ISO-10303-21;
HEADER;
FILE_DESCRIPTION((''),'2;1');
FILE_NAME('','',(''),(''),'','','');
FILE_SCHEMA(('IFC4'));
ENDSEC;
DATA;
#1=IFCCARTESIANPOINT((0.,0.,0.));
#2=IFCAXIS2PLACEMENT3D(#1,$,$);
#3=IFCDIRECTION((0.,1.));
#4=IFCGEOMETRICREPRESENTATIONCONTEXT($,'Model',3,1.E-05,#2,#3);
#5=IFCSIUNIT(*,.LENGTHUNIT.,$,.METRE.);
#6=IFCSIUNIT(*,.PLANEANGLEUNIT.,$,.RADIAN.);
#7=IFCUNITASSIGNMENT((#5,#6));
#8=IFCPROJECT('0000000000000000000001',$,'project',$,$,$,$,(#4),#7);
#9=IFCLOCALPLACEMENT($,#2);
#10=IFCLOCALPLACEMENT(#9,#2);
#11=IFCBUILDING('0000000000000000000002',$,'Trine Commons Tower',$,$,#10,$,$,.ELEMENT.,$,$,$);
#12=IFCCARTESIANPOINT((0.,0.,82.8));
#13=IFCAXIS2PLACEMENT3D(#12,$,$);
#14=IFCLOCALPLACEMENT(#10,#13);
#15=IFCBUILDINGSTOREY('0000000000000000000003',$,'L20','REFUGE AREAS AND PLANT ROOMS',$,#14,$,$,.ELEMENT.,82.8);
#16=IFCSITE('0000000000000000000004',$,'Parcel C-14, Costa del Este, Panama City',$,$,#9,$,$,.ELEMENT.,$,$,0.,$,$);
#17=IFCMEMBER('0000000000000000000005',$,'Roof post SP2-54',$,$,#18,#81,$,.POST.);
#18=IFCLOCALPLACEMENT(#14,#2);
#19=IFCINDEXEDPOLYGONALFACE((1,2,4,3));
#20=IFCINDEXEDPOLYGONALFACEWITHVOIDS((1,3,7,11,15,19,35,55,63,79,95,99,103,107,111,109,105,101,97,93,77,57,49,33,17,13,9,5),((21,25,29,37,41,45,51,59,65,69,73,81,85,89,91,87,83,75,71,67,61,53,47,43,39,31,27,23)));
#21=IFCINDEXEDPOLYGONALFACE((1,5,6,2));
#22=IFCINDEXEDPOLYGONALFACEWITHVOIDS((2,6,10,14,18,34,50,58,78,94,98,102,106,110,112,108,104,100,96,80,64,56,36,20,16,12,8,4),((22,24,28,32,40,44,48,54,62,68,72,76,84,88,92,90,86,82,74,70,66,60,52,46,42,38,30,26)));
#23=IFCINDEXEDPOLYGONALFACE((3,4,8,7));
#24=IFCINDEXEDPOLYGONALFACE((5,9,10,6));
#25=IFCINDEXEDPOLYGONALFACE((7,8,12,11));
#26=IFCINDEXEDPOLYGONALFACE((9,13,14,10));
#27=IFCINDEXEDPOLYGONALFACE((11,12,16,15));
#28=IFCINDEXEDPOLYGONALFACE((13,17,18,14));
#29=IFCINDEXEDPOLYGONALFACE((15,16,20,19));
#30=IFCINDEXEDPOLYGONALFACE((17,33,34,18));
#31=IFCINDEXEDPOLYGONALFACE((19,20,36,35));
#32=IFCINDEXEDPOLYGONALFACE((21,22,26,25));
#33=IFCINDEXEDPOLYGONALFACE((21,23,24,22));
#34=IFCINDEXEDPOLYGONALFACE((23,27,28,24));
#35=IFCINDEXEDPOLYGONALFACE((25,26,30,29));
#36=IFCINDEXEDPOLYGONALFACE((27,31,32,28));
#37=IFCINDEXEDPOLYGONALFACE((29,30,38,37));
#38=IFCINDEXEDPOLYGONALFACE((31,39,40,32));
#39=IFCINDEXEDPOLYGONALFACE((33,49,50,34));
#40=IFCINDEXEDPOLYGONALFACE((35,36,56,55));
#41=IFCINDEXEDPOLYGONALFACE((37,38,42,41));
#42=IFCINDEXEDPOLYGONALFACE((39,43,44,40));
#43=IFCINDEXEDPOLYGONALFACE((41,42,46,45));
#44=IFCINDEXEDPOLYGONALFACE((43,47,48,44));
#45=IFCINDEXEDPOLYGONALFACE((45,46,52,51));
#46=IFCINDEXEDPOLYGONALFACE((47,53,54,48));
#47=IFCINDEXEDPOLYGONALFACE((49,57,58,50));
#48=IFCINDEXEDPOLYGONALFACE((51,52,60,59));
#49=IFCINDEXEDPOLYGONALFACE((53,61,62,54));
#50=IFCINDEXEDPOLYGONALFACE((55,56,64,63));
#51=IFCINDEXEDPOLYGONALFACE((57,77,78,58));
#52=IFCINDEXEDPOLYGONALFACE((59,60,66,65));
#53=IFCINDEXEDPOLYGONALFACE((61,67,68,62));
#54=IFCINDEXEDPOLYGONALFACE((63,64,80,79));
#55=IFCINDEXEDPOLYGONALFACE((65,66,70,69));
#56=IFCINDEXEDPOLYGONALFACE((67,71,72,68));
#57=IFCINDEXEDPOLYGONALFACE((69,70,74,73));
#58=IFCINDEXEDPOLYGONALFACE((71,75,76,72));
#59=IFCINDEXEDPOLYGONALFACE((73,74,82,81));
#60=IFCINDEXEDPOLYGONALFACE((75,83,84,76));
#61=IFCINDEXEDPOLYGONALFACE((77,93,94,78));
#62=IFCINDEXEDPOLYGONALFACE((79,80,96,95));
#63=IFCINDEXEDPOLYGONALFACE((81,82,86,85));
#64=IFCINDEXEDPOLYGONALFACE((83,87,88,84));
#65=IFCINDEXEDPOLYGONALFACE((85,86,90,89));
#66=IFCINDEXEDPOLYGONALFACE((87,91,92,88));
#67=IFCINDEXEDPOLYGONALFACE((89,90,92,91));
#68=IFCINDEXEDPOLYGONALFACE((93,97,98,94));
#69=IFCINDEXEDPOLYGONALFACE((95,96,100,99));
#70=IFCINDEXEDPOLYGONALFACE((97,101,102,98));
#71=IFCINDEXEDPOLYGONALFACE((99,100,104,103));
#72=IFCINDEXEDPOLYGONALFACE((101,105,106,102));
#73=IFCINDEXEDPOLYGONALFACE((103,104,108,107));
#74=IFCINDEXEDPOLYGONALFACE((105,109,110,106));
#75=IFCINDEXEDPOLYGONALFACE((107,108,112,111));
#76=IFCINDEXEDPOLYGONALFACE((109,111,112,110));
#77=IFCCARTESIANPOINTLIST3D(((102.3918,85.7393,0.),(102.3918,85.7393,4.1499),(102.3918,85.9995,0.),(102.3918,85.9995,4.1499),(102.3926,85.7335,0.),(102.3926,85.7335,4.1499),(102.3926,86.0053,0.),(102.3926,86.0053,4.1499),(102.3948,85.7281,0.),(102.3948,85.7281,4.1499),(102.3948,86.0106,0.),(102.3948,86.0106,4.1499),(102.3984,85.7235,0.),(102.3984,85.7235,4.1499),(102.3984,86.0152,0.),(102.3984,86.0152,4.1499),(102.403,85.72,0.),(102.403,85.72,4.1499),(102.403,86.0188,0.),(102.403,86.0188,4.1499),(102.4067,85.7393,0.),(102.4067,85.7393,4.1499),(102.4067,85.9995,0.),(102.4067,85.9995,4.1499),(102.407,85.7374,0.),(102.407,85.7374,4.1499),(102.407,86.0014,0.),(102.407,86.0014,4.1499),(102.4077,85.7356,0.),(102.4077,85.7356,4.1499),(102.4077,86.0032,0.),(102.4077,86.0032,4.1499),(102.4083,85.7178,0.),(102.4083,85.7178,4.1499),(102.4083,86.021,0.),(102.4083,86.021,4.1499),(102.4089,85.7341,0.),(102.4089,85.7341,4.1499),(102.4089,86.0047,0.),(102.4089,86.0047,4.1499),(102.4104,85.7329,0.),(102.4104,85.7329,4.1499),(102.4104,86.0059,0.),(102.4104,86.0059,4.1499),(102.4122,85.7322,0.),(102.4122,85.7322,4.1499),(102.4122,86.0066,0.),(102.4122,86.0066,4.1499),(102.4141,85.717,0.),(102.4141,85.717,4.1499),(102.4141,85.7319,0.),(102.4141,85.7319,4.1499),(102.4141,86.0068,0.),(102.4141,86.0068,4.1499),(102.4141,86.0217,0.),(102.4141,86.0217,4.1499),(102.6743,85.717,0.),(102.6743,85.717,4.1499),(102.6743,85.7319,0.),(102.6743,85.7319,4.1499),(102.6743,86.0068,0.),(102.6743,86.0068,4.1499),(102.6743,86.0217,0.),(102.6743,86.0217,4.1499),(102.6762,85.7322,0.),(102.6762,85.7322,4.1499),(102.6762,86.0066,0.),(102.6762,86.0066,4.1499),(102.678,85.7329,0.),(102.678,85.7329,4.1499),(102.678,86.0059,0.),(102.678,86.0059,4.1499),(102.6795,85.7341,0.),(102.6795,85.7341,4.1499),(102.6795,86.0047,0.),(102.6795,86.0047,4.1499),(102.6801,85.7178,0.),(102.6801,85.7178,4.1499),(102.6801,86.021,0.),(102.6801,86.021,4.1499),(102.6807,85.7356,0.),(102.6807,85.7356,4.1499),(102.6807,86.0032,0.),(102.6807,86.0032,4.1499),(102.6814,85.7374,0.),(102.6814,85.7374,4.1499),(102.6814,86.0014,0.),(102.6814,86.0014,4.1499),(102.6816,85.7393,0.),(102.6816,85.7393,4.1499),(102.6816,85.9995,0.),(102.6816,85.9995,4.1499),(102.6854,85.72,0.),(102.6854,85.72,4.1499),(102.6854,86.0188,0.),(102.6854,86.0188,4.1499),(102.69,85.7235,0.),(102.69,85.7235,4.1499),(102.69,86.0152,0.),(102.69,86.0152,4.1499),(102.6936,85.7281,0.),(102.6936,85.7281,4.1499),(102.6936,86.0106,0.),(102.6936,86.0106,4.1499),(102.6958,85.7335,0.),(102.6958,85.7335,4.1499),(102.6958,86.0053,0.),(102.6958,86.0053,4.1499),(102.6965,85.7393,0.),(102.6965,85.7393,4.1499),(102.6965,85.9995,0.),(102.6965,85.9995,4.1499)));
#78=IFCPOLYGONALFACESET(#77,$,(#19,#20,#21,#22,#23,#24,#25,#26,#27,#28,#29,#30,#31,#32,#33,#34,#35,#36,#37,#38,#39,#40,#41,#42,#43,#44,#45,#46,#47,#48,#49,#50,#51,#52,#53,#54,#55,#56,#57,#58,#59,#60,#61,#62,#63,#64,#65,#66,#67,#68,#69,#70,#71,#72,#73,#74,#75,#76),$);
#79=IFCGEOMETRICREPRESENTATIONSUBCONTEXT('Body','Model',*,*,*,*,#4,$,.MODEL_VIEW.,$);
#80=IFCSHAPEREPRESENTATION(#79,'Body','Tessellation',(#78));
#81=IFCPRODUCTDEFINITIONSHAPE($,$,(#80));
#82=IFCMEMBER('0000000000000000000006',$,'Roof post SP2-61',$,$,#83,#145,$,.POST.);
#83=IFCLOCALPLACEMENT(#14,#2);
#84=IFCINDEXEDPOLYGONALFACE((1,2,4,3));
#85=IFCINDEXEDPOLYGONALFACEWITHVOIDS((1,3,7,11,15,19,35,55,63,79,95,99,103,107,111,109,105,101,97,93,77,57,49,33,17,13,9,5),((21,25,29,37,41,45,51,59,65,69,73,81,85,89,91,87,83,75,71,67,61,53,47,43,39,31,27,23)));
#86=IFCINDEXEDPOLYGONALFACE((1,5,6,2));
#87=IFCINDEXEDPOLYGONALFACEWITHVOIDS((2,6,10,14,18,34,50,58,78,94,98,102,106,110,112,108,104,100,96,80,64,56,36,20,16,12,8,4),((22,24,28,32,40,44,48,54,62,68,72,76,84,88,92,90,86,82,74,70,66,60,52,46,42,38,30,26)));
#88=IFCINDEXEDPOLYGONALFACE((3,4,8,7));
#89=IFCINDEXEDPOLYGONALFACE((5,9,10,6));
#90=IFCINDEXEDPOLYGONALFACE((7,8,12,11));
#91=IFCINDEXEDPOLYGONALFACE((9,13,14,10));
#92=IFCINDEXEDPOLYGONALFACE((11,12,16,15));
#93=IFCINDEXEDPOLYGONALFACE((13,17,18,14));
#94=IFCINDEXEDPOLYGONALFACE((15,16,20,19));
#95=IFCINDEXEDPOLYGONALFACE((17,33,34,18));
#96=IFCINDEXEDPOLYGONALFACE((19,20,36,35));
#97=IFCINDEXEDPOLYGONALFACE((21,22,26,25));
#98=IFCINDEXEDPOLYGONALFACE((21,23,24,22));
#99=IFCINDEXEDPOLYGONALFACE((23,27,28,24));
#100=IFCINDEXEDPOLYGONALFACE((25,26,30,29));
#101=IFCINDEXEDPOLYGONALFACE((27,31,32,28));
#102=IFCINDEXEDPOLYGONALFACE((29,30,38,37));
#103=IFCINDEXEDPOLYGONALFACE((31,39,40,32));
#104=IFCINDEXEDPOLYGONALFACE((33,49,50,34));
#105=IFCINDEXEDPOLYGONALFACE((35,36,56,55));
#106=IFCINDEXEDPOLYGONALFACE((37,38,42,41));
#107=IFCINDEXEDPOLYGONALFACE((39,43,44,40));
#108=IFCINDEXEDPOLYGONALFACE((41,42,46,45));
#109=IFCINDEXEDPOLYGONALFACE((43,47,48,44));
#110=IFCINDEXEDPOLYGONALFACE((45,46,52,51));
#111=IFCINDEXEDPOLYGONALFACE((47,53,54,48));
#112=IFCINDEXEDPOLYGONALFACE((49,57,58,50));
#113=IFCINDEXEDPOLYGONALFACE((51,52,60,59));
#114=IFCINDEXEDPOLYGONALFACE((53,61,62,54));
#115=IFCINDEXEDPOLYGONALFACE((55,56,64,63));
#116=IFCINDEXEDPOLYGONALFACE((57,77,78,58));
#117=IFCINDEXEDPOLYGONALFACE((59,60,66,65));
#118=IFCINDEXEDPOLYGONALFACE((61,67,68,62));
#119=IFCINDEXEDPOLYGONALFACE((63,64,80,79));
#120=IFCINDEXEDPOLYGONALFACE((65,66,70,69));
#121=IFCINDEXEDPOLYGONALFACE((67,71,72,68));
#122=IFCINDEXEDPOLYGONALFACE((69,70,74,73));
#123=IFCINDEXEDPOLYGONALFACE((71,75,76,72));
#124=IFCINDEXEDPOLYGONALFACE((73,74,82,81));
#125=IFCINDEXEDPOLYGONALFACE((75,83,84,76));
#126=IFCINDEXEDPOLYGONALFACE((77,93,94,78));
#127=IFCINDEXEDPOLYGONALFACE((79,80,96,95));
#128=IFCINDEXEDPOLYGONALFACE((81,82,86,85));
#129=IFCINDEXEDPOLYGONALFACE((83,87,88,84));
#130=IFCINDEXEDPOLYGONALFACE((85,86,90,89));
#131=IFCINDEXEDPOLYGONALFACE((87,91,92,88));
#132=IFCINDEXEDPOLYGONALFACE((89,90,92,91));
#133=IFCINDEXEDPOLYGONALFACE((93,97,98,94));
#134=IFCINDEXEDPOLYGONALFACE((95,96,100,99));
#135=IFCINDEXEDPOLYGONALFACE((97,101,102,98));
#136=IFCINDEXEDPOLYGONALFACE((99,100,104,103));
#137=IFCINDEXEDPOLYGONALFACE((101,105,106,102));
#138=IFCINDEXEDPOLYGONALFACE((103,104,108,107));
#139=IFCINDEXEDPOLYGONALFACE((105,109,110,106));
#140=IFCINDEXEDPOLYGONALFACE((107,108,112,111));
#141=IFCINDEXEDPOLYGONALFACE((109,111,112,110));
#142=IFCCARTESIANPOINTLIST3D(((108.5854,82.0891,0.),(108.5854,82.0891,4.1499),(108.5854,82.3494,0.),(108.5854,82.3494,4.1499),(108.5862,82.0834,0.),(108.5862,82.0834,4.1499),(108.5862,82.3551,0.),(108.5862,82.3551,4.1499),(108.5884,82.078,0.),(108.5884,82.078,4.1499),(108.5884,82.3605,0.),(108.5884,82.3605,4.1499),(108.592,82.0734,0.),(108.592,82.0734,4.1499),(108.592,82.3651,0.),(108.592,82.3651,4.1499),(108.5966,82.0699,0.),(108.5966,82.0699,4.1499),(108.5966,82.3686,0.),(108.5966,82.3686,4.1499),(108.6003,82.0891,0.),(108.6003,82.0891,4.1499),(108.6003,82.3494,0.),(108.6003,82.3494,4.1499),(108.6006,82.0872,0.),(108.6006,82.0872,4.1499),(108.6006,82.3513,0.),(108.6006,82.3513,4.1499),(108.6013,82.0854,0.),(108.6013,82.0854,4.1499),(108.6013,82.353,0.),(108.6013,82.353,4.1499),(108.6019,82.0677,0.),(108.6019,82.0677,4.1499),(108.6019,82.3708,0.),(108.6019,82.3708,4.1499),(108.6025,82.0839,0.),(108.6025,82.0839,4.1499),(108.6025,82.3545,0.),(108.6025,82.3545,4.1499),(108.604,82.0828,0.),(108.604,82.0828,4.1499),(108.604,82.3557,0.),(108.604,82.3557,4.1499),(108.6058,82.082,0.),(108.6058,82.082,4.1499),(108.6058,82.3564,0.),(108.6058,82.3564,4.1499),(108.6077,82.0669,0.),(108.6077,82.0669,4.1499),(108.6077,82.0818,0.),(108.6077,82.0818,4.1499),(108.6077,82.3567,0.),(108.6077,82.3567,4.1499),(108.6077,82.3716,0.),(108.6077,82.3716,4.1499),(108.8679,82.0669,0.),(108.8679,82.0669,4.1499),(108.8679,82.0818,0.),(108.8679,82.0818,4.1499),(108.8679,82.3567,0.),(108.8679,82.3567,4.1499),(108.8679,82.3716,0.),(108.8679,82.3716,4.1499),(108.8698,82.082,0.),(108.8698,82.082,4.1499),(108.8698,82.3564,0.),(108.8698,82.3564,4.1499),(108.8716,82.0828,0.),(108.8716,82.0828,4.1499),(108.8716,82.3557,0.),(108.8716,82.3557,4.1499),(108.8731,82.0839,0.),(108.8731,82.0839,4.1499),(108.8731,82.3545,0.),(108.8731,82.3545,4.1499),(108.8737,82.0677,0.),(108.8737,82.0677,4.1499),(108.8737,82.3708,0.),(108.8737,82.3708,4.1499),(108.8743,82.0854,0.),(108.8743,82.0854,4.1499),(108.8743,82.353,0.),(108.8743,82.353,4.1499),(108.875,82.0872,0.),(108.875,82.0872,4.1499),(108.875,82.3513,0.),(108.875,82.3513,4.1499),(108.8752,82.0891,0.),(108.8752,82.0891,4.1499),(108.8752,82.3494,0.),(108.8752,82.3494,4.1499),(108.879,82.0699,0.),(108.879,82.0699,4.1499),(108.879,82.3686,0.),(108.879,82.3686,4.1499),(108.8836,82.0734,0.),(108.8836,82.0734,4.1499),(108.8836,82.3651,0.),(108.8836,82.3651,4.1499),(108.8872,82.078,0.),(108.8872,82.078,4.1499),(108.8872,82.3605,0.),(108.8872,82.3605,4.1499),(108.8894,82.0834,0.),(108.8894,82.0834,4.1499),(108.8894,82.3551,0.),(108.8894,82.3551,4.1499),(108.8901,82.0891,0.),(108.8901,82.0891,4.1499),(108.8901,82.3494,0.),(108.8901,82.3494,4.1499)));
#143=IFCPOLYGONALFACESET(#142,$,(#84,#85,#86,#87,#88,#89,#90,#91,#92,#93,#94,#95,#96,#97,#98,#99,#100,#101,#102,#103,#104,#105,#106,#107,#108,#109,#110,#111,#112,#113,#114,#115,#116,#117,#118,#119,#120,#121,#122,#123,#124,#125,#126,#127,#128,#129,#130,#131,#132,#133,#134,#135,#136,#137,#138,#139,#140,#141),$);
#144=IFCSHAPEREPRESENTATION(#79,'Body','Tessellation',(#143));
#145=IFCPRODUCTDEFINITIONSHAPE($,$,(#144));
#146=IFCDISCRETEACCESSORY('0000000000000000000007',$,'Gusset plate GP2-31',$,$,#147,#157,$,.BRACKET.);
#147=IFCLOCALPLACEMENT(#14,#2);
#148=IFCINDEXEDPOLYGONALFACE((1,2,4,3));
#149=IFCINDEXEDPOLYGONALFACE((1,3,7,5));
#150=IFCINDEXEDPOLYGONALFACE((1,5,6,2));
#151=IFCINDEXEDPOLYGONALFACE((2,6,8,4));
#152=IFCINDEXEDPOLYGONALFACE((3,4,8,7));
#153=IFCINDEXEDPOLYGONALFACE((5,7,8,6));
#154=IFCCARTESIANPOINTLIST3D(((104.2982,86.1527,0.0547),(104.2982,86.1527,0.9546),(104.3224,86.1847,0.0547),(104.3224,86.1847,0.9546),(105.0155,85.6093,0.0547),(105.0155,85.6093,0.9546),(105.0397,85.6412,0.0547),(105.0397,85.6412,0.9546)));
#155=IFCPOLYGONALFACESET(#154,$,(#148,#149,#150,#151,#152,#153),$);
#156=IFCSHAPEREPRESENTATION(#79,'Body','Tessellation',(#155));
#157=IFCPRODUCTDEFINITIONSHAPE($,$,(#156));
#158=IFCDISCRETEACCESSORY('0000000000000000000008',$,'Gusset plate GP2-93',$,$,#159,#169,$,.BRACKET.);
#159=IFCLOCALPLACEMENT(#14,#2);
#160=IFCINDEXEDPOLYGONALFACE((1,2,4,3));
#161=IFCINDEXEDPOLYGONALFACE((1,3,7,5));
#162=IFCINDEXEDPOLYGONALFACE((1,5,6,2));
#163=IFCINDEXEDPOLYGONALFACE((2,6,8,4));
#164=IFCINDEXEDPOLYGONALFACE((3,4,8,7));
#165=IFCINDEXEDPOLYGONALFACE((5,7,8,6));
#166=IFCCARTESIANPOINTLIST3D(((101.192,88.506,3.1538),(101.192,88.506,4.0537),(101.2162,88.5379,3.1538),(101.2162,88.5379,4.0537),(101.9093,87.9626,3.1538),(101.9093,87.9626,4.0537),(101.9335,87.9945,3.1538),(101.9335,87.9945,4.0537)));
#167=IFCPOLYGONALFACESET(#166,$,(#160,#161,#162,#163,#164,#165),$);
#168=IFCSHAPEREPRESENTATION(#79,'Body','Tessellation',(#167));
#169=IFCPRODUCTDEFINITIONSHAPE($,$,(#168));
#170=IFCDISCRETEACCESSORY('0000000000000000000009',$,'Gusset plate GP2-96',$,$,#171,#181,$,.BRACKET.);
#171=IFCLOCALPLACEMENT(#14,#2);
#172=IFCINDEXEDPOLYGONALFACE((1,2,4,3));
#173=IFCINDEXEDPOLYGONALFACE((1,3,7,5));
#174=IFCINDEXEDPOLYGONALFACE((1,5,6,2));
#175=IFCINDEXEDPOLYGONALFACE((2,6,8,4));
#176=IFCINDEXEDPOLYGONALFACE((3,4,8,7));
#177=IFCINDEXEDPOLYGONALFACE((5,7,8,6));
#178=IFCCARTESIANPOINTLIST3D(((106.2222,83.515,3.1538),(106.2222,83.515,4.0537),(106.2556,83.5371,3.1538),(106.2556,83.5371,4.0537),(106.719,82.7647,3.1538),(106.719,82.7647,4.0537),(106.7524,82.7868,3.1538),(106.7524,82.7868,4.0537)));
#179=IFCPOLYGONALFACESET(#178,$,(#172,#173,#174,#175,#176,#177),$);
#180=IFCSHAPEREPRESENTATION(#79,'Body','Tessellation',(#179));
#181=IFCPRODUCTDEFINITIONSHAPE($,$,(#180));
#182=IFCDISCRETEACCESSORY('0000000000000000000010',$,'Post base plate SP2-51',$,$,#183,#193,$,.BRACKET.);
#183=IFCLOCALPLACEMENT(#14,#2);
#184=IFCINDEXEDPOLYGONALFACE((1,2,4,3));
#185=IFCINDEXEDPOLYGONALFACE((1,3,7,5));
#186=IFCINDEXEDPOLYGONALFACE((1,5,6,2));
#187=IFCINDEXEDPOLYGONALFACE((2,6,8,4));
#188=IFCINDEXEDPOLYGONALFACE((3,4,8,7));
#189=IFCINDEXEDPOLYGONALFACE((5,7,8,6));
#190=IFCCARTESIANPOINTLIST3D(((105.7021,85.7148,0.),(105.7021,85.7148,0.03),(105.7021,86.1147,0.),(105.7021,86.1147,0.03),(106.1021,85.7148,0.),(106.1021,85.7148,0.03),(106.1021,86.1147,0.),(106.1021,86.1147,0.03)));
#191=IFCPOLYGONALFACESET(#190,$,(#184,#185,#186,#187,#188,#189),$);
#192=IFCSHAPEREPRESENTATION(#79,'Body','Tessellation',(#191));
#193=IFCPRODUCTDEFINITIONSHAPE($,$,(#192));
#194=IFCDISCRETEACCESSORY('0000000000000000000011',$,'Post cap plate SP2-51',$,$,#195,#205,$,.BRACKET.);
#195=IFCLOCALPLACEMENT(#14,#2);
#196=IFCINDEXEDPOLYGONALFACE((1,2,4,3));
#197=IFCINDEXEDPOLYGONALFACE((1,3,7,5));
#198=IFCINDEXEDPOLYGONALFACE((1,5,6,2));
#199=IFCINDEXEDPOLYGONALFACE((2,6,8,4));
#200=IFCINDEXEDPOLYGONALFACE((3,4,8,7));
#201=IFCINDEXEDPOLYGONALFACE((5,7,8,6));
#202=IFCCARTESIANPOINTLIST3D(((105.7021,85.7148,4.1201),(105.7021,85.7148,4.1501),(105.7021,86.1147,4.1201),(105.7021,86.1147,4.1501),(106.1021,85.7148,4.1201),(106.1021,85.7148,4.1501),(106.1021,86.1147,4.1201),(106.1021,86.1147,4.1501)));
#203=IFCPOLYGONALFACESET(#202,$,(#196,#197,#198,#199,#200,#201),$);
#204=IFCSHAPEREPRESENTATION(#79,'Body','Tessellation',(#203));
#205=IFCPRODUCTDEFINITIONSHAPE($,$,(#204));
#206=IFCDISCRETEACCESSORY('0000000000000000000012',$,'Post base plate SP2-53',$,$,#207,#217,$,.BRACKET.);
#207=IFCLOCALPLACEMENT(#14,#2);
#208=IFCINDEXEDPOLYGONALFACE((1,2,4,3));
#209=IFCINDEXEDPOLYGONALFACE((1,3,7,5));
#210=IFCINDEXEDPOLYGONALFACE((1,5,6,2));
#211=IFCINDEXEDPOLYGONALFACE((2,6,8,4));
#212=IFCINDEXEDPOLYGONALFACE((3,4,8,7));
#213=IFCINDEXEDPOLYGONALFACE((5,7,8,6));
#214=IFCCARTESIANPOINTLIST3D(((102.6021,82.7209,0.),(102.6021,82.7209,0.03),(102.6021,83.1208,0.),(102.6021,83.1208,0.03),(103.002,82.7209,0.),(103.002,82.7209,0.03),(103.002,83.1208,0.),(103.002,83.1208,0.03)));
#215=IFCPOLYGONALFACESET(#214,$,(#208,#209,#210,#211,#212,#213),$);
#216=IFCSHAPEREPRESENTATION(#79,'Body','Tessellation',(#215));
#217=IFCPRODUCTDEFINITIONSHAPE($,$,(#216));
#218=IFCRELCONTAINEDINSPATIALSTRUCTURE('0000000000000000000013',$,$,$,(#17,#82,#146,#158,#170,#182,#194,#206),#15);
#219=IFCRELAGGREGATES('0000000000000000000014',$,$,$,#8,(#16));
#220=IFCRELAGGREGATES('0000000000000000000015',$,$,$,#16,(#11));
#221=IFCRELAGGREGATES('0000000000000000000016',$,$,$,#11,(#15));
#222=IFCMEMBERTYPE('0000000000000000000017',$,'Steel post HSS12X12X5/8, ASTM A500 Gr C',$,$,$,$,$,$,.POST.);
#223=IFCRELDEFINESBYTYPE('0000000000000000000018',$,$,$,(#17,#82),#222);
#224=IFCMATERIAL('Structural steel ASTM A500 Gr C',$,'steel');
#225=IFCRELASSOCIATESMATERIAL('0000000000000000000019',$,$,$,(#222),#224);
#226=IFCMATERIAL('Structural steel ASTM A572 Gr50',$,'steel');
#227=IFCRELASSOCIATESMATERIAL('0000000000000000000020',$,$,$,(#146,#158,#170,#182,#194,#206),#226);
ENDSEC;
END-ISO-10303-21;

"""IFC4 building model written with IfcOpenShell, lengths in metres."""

from ifc_helpers import new_model, si_unit, direction, frame, origin, origin_2d, place, context, subcontext, project, spatial, rectangle, hollow_rectangle, extrude, material, material_profile, profile_set, type_object, element, save


model = new_model("IFC4")

# Units and contexts
model_context = context("Model", 3, precision=1e-05, world=origin(), true_north=direction((0.0, 1.0)))
body_context = subcontext(model_context, "Body", "Model", "MODEL_VIEW")
ifc_project = project(units=[si_unit("LENGTHUNIT", "METRE"), si_unit("PLANEANGLEUNIT", "RADIAN")], contexts=[model_context])

# Site, building, storey
site_placement = place(None, origin())
site = spatial("IfcSite", under=ifc_project, at=site_placement, Name="Parcel C-14, Costa del Este, Panama City", CompositionType="ELEMENT", RefElevation=0.0)
building_placement = place(site_placement, origin())
building = spatial("IfcBuilding", under=site, at=building_placement, Name="Trine Commons Tower", CompositionType="ELEMENT")
storey_placement = place(building_placement, frame((0.0, 0.0, 82.8)))
storey = spatial("IfcBuildingStorey", under=building, at=storey_placement, Name="L20", Description="REFUGE AREAS AND PLANT ROOMS", CompositionType="ELEMENT", Elevation=82.8)

# Members
ifc_material_1 = material(Name="Structural steel ASTM A500 Gr C", Category="steel")
ifc_material_profile_1 = material_profile(ifc_material_1, hollow_rectangle(XDim=0.3047, YDim=0.3047, WallThickness=0.0149, InnerFilletRadius=0.0073, OuterFilletRadius=0.0222, at=origin_2d()), Name="HSS12X12X5/8")
ifc_profile_set_1 = profile_set([ifc_material_profile_1], Name="Structural steel ASTM A500 Gr C")
member_type_1 = type_object("IfcMemberType", Name="Steel post HSS12X12X5/8, ASTM A500 Gr C", PredefinedType="POST", material=ifc_profile_set_1)
for number, where, z_axis, x_axis, name in (
    (1, (102.5442, 85.8694, 0.0), (0.0, 0.0, 1.0), (1.0, 0.0, 0.0), "Roof post SP2-54"),
    (2, (108.7378, 82.2192, 0.0), (0.0, 0.0, 1.0), (1.0, 0.0, 0.0), "Roof post SP2-61"),
):
    element("IfcMember", number, at=place(storey_placement, frame(where, z_axis=z_axis, x_axis=x_axis)), inside=storey, type_object=member_type_1, Name=name, PredefinedType="POST", context=body_context, shape_type="SweptSolid", body=[
        extrude(hollow_rectangle(XDim=0.3047, YDim=0.3047, WallThickness=0.0149, InnerFilletRadius=0.0073, OuterFilletRadius=0.0222, at=origin_2d()), origin(), (0.0, 0.0, 1.0), 4.1499),
    ])

# Discrete accessories
ifc_material_2 = material(Name="Structural steel ASTM A572 Gr50", Category="steel")
for number, where, z_axis, x_axis, name in (
    (3, (104.6689, 85.897, 0.0547), (0.0, 0.0, 1.0), (-0.797068, 0.60389, 0.0), "Gusset plate GP2-31"),
    (4, (101.5627, 88.2502, 3.1538), (0.0, 0.0, 1.0), (-0.797068, 0.60389, 0.0), "Gusset plate GP2-93"),
    (5, (106.4873, 83.1509, 3.1538), (0.0, 0.0, 1.0), (0.552097, -0.83378, 0.0), "Gusset plate GP2-96"),
):
    element("IfcDiscreteAccessory", number, at=place(storey_placement, frame(where, z_axis=z_axis, x_axis=x_axis)), inside=storey, material=ifc_material_2, Name=name, PredefinedType="BRACKET", context=body_context, shape_type="SweptSolid", body=[
        extrude(rectangle(XDim=0.8999, YDim=0.04, at=origin_2d()), origin(), (0.0, 0.0, 1.0), 0.8999),
    ])
for number, where, z_axis, x_axis, name in (
    (6, (105.9021, 85.9148, 0.0), (0.0, 0.0, 1.0), (1.0, 0.0, 0.0), "Post base plate SP2-51"),
    (7, (105.9021, 85.9148, 4.1201), (0.0, 0.0, 1.0), (1.0, 0.0, 0.0), "Post cap plate SP2-51"),
    (8, (102.802, 82.9209, 0.0), (0.0, 0.0, 1.0), (1.0, 0.0, 0.0), "Post base plate SP2-53"),
):
    element("IfcDiscreteAccessory", number, at=place(storey_placement, frame(where, z_axis=z_axis, x_axis=x_axis)), inside=storey, material=ifc_material_2, Name=name, PredefinedType="BRACKET", context=body_context, shape_type="SweptSolid", body=[
        extrude(rectangle(XDim=0.3999, YDim=0.3999, at=origin_2d()), origin(), (0.0, 0.0, 1.0), 0.03),
    ])

save(model, "model.ifc")
